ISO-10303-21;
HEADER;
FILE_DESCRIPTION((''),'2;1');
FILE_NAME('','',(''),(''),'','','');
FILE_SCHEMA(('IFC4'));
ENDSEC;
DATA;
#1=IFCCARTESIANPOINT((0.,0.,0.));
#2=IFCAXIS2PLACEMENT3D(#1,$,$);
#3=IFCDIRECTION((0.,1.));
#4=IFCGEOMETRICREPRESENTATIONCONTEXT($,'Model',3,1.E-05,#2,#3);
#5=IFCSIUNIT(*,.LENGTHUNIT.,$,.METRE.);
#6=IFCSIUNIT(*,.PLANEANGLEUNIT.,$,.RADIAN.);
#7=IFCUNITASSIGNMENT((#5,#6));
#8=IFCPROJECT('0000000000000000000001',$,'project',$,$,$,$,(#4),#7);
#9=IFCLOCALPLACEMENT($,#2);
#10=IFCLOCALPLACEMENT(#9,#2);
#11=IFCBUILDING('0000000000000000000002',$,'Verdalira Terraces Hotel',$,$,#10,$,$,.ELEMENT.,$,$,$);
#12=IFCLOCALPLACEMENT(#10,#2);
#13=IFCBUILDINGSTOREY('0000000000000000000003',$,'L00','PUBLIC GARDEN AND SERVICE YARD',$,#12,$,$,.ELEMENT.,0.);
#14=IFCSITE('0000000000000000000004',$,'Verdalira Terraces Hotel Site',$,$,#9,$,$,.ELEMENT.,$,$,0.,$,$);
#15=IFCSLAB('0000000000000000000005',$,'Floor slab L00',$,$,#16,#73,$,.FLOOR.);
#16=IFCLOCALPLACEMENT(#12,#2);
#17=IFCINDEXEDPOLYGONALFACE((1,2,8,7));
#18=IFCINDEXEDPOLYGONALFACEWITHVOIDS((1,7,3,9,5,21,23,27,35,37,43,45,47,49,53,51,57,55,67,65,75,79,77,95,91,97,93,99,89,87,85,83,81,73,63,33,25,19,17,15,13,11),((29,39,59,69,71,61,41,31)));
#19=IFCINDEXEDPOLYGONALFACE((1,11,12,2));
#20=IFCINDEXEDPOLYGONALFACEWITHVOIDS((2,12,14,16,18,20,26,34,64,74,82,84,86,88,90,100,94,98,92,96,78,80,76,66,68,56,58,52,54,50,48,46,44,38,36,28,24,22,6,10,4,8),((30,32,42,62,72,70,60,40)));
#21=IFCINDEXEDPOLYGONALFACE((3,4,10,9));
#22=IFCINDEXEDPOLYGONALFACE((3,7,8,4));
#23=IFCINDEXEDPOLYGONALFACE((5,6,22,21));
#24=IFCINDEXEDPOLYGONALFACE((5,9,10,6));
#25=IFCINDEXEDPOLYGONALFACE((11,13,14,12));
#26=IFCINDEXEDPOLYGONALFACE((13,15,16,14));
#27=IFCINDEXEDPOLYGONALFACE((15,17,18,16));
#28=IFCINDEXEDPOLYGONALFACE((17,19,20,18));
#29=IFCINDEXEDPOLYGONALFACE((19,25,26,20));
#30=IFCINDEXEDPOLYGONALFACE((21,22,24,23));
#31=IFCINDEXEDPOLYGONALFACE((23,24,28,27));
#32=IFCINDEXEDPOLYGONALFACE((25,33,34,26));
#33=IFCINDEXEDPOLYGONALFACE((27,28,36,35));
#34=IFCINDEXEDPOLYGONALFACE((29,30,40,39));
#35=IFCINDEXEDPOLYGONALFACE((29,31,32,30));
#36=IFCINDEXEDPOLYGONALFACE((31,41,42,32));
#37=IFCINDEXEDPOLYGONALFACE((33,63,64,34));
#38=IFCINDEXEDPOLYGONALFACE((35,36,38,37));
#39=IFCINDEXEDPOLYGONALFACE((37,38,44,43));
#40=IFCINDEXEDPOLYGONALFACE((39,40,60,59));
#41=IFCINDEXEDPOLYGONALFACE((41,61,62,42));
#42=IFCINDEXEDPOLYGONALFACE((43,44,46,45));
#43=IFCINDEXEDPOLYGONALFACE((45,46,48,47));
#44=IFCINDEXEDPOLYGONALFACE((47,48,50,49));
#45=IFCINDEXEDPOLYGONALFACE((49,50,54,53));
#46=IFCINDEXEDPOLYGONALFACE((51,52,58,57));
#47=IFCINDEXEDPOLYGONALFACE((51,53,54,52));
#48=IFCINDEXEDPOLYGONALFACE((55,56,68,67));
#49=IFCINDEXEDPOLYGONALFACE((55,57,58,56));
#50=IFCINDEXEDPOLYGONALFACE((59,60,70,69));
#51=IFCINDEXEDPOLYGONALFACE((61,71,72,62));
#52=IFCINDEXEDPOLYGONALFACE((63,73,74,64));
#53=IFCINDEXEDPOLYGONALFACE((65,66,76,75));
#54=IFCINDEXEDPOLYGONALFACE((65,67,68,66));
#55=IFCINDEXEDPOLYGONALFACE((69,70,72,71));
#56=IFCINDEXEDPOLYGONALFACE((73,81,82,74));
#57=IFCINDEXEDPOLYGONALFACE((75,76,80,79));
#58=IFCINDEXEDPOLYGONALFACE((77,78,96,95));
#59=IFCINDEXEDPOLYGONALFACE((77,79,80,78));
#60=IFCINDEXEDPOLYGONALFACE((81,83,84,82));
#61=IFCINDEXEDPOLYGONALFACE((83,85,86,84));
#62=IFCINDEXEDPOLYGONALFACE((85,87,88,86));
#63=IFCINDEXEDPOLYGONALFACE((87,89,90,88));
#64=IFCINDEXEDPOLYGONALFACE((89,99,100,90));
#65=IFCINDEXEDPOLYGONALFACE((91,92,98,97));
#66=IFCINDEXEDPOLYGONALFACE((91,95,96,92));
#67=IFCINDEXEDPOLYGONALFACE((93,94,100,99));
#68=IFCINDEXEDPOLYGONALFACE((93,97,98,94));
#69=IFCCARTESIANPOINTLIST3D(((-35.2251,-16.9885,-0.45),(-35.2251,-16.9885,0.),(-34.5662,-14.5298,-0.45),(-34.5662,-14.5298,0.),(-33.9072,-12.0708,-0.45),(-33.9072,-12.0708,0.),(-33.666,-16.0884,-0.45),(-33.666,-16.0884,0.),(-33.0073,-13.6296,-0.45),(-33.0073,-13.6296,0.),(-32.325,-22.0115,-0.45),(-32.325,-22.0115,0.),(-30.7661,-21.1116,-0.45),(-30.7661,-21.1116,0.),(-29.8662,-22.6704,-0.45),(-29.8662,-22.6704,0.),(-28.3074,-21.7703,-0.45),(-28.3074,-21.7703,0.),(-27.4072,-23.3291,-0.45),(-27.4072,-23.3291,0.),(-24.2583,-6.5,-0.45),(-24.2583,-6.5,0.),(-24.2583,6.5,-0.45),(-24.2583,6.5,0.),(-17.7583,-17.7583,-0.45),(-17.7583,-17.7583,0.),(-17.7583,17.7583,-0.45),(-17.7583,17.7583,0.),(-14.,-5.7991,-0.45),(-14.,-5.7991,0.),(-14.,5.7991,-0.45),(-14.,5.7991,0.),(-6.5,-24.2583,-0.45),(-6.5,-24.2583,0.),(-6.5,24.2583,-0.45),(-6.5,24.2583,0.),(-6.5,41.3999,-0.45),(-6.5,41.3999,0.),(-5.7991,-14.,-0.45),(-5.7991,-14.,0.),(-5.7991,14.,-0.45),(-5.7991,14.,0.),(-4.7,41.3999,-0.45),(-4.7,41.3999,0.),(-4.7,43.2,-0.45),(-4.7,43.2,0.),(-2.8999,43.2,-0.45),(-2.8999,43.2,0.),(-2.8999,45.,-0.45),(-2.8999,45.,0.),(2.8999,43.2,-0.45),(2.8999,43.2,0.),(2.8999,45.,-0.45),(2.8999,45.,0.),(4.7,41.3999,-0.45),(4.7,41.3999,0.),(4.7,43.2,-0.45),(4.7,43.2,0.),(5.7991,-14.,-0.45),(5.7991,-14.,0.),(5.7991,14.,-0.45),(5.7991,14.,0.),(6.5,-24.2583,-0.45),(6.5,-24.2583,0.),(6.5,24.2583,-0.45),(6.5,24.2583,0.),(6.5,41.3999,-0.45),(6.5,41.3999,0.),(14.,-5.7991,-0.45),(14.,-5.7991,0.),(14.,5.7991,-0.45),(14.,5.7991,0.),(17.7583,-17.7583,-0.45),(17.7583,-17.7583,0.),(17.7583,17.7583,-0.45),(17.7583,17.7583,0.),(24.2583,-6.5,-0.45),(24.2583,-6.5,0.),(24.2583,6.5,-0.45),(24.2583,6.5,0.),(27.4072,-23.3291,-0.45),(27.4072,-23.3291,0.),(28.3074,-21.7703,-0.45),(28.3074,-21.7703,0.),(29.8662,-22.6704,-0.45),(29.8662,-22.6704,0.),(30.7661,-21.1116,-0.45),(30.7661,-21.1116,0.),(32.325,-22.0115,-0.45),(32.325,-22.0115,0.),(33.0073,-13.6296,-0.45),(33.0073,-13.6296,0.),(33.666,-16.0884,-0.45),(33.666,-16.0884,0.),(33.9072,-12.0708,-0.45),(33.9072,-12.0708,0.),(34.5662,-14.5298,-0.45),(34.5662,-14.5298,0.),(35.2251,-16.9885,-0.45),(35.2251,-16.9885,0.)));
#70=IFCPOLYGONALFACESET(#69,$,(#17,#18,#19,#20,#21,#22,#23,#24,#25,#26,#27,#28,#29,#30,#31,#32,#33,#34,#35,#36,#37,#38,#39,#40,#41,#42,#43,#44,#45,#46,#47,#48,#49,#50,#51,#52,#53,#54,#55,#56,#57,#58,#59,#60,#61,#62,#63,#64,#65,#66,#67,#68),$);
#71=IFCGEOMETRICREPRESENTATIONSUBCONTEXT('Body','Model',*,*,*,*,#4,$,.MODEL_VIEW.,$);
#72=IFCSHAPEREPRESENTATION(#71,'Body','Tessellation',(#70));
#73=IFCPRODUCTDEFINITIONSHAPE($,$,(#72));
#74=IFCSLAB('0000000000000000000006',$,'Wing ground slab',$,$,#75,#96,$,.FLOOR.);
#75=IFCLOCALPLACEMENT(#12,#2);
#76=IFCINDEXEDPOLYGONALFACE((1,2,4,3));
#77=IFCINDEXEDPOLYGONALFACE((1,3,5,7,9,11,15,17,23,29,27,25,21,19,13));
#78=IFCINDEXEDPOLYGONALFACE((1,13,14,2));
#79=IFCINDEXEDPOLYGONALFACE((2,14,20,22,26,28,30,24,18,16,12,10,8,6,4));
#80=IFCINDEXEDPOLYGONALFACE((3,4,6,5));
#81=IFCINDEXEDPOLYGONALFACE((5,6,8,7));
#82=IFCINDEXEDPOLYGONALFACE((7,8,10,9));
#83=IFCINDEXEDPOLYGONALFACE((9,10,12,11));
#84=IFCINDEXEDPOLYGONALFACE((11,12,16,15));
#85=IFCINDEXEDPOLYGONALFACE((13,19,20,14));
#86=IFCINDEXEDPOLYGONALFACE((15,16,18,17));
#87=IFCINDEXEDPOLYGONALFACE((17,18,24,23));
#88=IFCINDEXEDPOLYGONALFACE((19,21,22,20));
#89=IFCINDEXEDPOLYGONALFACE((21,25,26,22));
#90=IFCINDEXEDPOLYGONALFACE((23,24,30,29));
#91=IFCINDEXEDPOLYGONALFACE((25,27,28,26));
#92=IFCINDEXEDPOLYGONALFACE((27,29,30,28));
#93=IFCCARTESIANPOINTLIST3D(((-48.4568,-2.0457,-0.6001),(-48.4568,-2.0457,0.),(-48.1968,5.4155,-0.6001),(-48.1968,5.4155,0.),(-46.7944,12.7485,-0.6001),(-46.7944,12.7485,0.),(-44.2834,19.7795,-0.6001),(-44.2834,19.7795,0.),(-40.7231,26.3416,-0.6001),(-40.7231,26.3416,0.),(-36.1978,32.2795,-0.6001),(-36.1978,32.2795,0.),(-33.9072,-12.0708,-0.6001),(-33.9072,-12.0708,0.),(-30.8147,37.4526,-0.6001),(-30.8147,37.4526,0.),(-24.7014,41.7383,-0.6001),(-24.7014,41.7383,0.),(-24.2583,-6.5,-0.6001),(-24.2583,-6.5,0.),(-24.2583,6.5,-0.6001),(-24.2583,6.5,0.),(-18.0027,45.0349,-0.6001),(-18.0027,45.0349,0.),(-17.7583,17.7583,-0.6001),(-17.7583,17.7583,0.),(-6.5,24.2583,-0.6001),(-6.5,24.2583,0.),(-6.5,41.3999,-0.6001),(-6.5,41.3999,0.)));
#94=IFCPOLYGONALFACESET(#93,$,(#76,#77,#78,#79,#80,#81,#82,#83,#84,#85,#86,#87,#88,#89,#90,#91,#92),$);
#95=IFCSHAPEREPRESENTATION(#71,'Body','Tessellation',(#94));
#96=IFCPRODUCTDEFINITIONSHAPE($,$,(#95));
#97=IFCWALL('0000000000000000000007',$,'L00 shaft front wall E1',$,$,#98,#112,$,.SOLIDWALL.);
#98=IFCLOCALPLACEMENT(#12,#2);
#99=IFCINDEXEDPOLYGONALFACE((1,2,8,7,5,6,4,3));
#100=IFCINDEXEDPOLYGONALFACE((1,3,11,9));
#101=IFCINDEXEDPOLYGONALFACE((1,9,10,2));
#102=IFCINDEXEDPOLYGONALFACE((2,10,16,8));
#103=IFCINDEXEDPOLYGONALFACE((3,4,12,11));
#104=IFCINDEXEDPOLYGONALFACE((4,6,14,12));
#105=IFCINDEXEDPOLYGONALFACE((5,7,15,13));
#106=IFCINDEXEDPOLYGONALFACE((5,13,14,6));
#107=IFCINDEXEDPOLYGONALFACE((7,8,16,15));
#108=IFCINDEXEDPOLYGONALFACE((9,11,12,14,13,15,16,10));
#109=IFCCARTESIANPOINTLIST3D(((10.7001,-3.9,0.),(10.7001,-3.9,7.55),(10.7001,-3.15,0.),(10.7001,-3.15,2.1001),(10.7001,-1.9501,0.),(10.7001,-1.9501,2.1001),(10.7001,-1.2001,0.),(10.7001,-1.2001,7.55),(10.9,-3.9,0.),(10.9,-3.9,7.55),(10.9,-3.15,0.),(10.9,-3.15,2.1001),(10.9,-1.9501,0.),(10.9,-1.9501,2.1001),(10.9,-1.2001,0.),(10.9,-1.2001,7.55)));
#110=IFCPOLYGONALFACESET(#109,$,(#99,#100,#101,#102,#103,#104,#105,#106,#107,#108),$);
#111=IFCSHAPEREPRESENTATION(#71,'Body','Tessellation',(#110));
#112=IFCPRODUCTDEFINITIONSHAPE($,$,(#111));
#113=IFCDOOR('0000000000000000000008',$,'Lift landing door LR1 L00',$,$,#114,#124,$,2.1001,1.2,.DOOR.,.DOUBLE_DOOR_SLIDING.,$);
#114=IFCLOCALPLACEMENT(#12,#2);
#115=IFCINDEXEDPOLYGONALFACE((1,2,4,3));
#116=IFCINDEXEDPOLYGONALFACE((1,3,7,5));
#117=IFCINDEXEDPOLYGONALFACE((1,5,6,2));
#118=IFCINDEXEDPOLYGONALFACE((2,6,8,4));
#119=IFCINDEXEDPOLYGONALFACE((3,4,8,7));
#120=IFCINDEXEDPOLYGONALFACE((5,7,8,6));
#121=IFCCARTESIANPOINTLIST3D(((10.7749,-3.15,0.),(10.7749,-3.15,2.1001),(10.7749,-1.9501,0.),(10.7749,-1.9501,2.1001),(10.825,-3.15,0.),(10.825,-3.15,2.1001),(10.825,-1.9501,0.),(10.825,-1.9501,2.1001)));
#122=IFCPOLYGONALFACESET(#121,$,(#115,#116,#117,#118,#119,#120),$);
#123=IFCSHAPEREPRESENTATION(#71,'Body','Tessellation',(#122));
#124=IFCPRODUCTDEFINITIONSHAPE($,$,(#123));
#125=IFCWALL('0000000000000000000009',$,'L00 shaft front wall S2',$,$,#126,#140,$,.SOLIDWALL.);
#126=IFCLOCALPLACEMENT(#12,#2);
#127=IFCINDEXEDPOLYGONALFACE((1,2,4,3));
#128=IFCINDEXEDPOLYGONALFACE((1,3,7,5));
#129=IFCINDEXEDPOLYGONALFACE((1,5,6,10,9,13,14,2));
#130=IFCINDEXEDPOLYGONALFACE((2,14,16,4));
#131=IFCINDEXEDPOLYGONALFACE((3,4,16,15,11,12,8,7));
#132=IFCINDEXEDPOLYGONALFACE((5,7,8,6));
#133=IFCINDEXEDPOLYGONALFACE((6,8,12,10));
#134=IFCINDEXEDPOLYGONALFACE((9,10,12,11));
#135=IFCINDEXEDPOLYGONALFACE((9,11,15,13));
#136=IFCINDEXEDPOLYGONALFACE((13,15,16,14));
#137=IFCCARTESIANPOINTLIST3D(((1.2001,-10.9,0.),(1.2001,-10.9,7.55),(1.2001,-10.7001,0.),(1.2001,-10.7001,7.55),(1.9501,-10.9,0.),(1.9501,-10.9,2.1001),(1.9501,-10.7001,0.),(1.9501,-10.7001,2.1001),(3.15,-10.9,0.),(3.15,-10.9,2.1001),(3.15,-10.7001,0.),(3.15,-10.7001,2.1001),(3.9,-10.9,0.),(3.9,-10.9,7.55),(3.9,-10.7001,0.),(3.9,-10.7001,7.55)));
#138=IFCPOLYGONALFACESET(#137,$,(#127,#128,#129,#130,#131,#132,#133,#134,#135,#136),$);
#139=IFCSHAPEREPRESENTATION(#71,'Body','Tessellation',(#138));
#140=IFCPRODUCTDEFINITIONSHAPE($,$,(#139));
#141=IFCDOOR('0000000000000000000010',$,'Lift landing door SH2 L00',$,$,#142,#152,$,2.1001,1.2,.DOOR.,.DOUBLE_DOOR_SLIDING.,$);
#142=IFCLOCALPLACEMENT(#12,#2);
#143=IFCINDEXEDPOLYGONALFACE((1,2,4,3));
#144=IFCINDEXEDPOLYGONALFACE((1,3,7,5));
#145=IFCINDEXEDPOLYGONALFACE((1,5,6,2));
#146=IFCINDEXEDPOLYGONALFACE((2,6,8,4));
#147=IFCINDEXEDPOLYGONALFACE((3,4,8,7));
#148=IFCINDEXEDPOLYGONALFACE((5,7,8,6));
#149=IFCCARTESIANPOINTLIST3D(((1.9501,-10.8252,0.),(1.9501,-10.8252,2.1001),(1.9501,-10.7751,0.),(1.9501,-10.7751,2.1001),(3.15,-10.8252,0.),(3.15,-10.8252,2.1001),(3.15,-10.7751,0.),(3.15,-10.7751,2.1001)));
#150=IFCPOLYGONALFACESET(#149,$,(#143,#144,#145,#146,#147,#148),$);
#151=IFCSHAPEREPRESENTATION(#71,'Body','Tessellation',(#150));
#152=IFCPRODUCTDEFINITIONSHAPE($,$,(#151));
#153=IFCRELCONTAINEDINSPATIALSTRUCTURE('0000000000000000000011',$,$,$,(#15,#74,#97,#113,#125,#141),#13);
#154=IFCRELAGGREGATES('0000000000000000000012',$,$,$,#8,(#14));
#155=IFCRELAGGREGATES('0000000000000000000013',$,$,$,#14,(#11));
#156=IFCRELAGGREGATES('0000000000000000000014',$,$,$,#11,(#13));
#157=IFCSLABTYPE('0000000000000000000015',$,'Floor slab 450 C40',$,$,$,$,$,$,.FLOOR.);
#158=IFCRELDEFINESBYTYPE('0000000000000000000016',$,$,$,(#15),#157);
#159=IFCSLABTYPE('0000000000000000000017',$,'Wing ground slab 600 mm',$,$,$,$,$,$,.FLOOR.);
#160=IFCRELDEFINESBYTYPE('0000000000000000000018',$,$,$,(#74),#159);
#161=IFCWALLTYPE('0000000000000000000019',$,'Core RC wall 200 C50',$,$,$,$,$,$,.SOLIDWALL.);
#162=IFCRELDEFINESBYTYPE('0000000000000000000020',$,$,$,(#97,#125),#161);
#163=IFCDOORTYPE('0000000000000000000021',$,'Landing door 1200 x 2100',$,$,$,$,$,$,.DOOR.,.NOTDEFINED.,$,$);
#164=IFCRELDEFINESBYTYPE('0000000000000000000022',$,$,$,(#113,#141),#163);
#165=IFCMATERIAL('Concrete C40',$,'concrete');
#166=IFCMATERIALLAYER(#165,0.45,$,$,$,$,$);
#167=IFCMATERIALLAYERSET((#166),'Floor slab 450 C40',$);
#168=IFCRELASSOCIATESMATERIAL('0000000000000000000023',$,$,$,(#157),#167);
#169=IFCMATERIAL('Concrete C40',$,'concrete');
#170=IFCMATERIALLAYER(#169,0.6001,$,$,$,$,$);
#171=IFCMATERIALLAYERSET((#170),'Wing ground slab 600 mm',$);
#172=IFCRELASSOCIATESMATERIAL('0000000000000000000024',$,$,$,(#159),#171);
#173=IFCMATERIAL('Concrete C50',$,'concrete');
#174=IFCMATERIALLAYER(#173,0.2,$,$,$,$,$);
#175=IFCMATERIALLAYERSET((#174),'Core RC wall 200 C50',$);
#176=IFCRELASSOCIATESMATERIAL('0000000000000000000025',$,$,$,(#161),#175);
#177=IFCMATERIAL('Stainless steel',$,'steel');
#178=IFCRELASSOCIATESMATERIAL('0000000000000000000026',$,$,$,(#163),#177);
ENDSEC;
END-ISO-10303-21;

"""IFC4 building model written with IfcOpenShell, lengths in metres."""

from ifc_helpers import new_model, si_unit, direction, frame, frame_2d, origin, place, context, subcontext, project, spatial, polyline, rectangle, outline, extrude, material, layer, layer_set, type_object, element, fill, save


model = new_model("IFC4")

# Units and contexts
model_context = context("Model", 3, precision=1e-05, world=origin(), true_north=direction((0.0, 1.0)))
body_context = subcontext(model_context, "Body", "Model", "MODEL_VIEW")
ifc_project = project(units=[si_unit("LENGTHUNIT", "METRE"), si_unit("PLANEANGLEUNIT", "RADIAN")], contexts=[model_context])

# Site, building, storey
site_placement = place(None, origin())
site = spatial("IfcSite", under=ifc_project, at=site_placement, Name="Verdalira Terraces Hotel Site", CompositionType="ELEMENT", RefElevation=0.0)
building_placement = place(site_placement, origin())
building = spatial("IfcBuilding", under=site, at=building_placement, Name="Verdalira Terraces Hotel", CompositionType="ELEMENT")
storey_placement = place(building_placement, origin())
storey = spatial("IfcBuildingStorey", under=building, at=storey_placement, Name="L00", Description="PUBLIC GARDEN AND SERVICE YARD", CompositionType="ELEMENT", Elevation=0.0)

# Slabs
ifc_material_1 = material(Name="Concrete C40", Category="concrete")
ifc_layer_1 = layer(ifc_material_1, 0.45)
ifc_layer_set_1 = layer_set([ifc_layer_1], Name="Floor slab 450 C40")
slab_type_1 = type_object("IfcSlabType", Name="Floor slab 450 C40", PredefinedType="FLOOR", material=ifc_layer_set_1)
slab_1_placement = place(storey_placement, frame((0.0, 0.0, -0.45)))
element("IfcSlab", 1, at=slab_1_placement, inside=storey, type_object=slab_type_1, Name="Floor slab L00", PredefinedType="FLOOR", context=body_context, shape_type="SweptSolid", body=[
    extrude(outline(polyline([(17.7583, 17.7583), (6.5, 24.2583), (6.5, 41.3999), (4.7, 41.3999), (4.7, 43.2), (2.8999, 43.2), (2.8999, 45.0), (-2.8999, 45.0), (-2.8999, 43.2), (-4.7, 43.2), (-4.7, 41.3999), (-6.5, 41.3999), (-6.5, 24.2583), (-17.7583, 17.7583), (-24.2583, 6.5), (-24.2583, -6.5), (-33.9072, -12.0708), (-33.0073, -13.6296), (-34.5662, -14.5298), (-33.666, -16.0884), (-35.2251, -16.9885), (-32.325, -22.0115), (-30.7661, -21.1116), (-29.8662, -22.6704), (-28.3074, -21.7703), (-27.4072, -23.3291), (-17.7583, -17.7583), (-6.5, -24.2583), (6.5, -24.2583), (17.7583, -17.7583), (27.4072, -23.3291), (28.3074, -21.7703), (29.8662, -22.6704), (30.7661, -21.1116), (32.325, -22.0115), (35.2251, -16.9885), (33.666, -16.0884), (34.5662, -14.5298), (33.0073, -13.6296), (33.9072, -12.0708), (24.2583, -6.5), (24.2583, 6.5), (17.7583, 17.7583)]), holes=[polyline([(5.7991, 14.0), (14.0, 5.7991), (14.0, -5.7991), (5.7991, -14.0), (-5.7991, -14.0), (-14.0, -5.7991), (-14.0, 5.7991), (-5.7991, 14.0), (5.7991, 14.0)])]), origin(), (0.0, 0.0, 1.0), 0.45),
])
ifc_material_2 = material(Name="Concrete C40", Category="concrete")
ifc_layer_2 = layer(ifc_material_2, 0.6001)
ifc_layer_set_2 = layer_set([ifc_layer_2], Name="Wing ground slab 600 mm")
slab_type_2 = type_object("IfcSlabType", Name="Wing ground slab 600 mm", PredefinedType="FLOOR", material=ifc_layer_set_2)
slab_2_placement = place(storey_placement, frame((0.0, 0.0, -0.6001)))
element("IfcSlab", 2, at=slab_2_placement, inside=storey, type_object=slab_type_2, Name="Wing ground slab", PredefinedType="FLOOR", context=body_context, shape_type="SweptSolid", body=[
    extrude(outline(polyline([(-48.1968, 5.4155), (-46.7944, 12.7485), (-44.2834, 19.7795), (-40.7231, 26.3416), (-36.1978, 32.2795), (-30.8147, 37.4526), (-24.7014, 41.7383), (-18.0027, 45.0349), (-6.5, 41.3999), (-6.5, 24.2583), (-17.7583, 17.7583), (-24.2583, 6.5), (-24.2583, -6.5), (-33.9072, -12.0708), (-48.4568, -2.0457), (-48.1968, 5.4155)])), origin(), (0.0, 0.0, 1.0), 0.6001),
])

# Walls, openings, doors
ifc_material_3 = material(Name="Concrete C50", Category="concrete")
ifc_layer_3 = layer(ifc_material_3, 0.2)
ifc_layer_set_3 = layer_set([ifc_layer_3], Name="Core RC wall 200 C50")
wall_type_1 = type_object("IfcWallType", Name="Core RC wall 200 C50", PredefinedType="SOLIDWALL", material=ifc_layer_set_3)
wall_1_placement = place(storey_placement, frame((10.8, -1.2, 0.0), z_axis=(0.0, 0.0, 1.0), x_axis=(0.0, -1.0, 0.0)))
wall_1 = element("IfcWall", 3, at=wall_1_placement, inside=storey, type_object=wall_type_1, Name="L00 shaft front wall E1", PredefinedType="SOLIDWALL", context=body_context, shape_type="SweptSolid", body=[
    extrude(rectangle(XDim=2.7, YDim=0.2, at=frame_2d((1.3501, 0.0))), origin(), (0.0, 0.0, 1.0), 7.55),
])
opening_1_placement = place(wall_1_placement, frame((0.75, 0.0, 0.0)))
opening_1 = element("IfcOpeningElement", 4, at=opening_1_placement, cuts=wall_1, PredefinedType="OPENING", context=body_context, shape_type="SweptSolid", body=[
    extrude(rectangle(XDim=1.2, YDim=2.1001, at=frame_2d((0.6001, 1.05))), frame((0.0, 0.1099, 0.0), z_axis=(0.0, -1.0, 0.0), x_axis=(1.0, 0.0, 0.0)), (0.0, 0.0, 1.0), 0.22),
])
ifc_material_4 = material(Name="Stainless steel", Category="steel")
door_type_1 = type_object("IfcDoorType", Name="Landing door 1200 x 2100", OperationType="NOTDEFINED", PredefinedType="DOOR", material=ifc_material_4)
door_1_placement = place(opening_1_placement, origin())
door_1 = element("IfcDoor", 5, at=door_1_placement, inside=storey, type_object=door_type_1, Name="Lift landing door LR1 L00", OperationType="DOUBLE_DOOR_SLIDING", OverallHeight=2.1001, OverallWidth=1.2, PredefinedType="DOOR", context=body_context, shape_type="SweptSolid", body=[
    extrude(rectangle(XDim=1.2, YDim=2.1001, at=frame_2d((0.6001, 1.05))), frame((0.0, 0.0249, 0.0), z_axis=(0.0, -1.0, 0.0), x_axis=(1.0, 0.0, 0.0)), (0.0, 0.0, 1.0), 0.05),
])
fill(opening_1, door_1)
wall_2_placement = place(storey_placement, frame((1.2, -10.8, 0.0), z_axis=(0.0, 0.0, 1.0), x_axis=(1.0, 0.0, 0.0)))
wall_2 = element("IfcWall", 6, at=wall_2_placement, inside=storey, type_object=wall_type_1, Name="L00 shaft front wall S2", PredefinedType="SOLIDWALL", context=body_context, shape_type="SweptSolid", body=[
    extrude(rectangle(XDim=2.7, YDim=0.2, at=frame_2d((1.3501, 0.0))), origin(), (0.0, 0.0, 1.0), 7.55),
])
opening_2_placement = place(wall_2_placement, frame((0.75, 0.0, 0.0)))
opening_2 = element("IfcOpeningElement", 7, at=opening_2_placement, cuts=wall_2, PredefinedType="OPENING", context=body_context, shape_type="SweptSolid", body=[
    extrude(rectangle(XDim=1.2, YDim=2.1001, at=frame_2d((0.6001, 1.05))), frame((0.0, 0.1099, 0.0), z_axis=(0.0, -1.0, 0.0), x_axis=(1.0, 0.0, 0.0)), (0.0, 0.0, 1.0), 0.22),
])
door_2_placement = place(opening_2_placement, origin())
door_2 = element("IfcDoor", 8, at=door_2_placement, inside=storey, type_object=door_type_1, Name="Lift landing door SH2 L00", OperationType="DOUBLE_DOOR_SLIDING", OverallHeight=2.1001, OverallWidth=1.2, PredefinedType="DOOR", context=body_context, shape_type="SweptSolid", body=[
    extrude(rectangle(XDim=1.2, YDim=2.1001, at=frame_2d((0.6001, 1.05))), frame((0.0, 0.0249, 0.0), z_axis=(0.0, -1.0, 0.0), x_axis=(1.0, 0.0, 0.0)), (0.0, 0.0, 1.0), 0.05),
])
fill(opening_2, door_2)

save(model, "model.ifc")
